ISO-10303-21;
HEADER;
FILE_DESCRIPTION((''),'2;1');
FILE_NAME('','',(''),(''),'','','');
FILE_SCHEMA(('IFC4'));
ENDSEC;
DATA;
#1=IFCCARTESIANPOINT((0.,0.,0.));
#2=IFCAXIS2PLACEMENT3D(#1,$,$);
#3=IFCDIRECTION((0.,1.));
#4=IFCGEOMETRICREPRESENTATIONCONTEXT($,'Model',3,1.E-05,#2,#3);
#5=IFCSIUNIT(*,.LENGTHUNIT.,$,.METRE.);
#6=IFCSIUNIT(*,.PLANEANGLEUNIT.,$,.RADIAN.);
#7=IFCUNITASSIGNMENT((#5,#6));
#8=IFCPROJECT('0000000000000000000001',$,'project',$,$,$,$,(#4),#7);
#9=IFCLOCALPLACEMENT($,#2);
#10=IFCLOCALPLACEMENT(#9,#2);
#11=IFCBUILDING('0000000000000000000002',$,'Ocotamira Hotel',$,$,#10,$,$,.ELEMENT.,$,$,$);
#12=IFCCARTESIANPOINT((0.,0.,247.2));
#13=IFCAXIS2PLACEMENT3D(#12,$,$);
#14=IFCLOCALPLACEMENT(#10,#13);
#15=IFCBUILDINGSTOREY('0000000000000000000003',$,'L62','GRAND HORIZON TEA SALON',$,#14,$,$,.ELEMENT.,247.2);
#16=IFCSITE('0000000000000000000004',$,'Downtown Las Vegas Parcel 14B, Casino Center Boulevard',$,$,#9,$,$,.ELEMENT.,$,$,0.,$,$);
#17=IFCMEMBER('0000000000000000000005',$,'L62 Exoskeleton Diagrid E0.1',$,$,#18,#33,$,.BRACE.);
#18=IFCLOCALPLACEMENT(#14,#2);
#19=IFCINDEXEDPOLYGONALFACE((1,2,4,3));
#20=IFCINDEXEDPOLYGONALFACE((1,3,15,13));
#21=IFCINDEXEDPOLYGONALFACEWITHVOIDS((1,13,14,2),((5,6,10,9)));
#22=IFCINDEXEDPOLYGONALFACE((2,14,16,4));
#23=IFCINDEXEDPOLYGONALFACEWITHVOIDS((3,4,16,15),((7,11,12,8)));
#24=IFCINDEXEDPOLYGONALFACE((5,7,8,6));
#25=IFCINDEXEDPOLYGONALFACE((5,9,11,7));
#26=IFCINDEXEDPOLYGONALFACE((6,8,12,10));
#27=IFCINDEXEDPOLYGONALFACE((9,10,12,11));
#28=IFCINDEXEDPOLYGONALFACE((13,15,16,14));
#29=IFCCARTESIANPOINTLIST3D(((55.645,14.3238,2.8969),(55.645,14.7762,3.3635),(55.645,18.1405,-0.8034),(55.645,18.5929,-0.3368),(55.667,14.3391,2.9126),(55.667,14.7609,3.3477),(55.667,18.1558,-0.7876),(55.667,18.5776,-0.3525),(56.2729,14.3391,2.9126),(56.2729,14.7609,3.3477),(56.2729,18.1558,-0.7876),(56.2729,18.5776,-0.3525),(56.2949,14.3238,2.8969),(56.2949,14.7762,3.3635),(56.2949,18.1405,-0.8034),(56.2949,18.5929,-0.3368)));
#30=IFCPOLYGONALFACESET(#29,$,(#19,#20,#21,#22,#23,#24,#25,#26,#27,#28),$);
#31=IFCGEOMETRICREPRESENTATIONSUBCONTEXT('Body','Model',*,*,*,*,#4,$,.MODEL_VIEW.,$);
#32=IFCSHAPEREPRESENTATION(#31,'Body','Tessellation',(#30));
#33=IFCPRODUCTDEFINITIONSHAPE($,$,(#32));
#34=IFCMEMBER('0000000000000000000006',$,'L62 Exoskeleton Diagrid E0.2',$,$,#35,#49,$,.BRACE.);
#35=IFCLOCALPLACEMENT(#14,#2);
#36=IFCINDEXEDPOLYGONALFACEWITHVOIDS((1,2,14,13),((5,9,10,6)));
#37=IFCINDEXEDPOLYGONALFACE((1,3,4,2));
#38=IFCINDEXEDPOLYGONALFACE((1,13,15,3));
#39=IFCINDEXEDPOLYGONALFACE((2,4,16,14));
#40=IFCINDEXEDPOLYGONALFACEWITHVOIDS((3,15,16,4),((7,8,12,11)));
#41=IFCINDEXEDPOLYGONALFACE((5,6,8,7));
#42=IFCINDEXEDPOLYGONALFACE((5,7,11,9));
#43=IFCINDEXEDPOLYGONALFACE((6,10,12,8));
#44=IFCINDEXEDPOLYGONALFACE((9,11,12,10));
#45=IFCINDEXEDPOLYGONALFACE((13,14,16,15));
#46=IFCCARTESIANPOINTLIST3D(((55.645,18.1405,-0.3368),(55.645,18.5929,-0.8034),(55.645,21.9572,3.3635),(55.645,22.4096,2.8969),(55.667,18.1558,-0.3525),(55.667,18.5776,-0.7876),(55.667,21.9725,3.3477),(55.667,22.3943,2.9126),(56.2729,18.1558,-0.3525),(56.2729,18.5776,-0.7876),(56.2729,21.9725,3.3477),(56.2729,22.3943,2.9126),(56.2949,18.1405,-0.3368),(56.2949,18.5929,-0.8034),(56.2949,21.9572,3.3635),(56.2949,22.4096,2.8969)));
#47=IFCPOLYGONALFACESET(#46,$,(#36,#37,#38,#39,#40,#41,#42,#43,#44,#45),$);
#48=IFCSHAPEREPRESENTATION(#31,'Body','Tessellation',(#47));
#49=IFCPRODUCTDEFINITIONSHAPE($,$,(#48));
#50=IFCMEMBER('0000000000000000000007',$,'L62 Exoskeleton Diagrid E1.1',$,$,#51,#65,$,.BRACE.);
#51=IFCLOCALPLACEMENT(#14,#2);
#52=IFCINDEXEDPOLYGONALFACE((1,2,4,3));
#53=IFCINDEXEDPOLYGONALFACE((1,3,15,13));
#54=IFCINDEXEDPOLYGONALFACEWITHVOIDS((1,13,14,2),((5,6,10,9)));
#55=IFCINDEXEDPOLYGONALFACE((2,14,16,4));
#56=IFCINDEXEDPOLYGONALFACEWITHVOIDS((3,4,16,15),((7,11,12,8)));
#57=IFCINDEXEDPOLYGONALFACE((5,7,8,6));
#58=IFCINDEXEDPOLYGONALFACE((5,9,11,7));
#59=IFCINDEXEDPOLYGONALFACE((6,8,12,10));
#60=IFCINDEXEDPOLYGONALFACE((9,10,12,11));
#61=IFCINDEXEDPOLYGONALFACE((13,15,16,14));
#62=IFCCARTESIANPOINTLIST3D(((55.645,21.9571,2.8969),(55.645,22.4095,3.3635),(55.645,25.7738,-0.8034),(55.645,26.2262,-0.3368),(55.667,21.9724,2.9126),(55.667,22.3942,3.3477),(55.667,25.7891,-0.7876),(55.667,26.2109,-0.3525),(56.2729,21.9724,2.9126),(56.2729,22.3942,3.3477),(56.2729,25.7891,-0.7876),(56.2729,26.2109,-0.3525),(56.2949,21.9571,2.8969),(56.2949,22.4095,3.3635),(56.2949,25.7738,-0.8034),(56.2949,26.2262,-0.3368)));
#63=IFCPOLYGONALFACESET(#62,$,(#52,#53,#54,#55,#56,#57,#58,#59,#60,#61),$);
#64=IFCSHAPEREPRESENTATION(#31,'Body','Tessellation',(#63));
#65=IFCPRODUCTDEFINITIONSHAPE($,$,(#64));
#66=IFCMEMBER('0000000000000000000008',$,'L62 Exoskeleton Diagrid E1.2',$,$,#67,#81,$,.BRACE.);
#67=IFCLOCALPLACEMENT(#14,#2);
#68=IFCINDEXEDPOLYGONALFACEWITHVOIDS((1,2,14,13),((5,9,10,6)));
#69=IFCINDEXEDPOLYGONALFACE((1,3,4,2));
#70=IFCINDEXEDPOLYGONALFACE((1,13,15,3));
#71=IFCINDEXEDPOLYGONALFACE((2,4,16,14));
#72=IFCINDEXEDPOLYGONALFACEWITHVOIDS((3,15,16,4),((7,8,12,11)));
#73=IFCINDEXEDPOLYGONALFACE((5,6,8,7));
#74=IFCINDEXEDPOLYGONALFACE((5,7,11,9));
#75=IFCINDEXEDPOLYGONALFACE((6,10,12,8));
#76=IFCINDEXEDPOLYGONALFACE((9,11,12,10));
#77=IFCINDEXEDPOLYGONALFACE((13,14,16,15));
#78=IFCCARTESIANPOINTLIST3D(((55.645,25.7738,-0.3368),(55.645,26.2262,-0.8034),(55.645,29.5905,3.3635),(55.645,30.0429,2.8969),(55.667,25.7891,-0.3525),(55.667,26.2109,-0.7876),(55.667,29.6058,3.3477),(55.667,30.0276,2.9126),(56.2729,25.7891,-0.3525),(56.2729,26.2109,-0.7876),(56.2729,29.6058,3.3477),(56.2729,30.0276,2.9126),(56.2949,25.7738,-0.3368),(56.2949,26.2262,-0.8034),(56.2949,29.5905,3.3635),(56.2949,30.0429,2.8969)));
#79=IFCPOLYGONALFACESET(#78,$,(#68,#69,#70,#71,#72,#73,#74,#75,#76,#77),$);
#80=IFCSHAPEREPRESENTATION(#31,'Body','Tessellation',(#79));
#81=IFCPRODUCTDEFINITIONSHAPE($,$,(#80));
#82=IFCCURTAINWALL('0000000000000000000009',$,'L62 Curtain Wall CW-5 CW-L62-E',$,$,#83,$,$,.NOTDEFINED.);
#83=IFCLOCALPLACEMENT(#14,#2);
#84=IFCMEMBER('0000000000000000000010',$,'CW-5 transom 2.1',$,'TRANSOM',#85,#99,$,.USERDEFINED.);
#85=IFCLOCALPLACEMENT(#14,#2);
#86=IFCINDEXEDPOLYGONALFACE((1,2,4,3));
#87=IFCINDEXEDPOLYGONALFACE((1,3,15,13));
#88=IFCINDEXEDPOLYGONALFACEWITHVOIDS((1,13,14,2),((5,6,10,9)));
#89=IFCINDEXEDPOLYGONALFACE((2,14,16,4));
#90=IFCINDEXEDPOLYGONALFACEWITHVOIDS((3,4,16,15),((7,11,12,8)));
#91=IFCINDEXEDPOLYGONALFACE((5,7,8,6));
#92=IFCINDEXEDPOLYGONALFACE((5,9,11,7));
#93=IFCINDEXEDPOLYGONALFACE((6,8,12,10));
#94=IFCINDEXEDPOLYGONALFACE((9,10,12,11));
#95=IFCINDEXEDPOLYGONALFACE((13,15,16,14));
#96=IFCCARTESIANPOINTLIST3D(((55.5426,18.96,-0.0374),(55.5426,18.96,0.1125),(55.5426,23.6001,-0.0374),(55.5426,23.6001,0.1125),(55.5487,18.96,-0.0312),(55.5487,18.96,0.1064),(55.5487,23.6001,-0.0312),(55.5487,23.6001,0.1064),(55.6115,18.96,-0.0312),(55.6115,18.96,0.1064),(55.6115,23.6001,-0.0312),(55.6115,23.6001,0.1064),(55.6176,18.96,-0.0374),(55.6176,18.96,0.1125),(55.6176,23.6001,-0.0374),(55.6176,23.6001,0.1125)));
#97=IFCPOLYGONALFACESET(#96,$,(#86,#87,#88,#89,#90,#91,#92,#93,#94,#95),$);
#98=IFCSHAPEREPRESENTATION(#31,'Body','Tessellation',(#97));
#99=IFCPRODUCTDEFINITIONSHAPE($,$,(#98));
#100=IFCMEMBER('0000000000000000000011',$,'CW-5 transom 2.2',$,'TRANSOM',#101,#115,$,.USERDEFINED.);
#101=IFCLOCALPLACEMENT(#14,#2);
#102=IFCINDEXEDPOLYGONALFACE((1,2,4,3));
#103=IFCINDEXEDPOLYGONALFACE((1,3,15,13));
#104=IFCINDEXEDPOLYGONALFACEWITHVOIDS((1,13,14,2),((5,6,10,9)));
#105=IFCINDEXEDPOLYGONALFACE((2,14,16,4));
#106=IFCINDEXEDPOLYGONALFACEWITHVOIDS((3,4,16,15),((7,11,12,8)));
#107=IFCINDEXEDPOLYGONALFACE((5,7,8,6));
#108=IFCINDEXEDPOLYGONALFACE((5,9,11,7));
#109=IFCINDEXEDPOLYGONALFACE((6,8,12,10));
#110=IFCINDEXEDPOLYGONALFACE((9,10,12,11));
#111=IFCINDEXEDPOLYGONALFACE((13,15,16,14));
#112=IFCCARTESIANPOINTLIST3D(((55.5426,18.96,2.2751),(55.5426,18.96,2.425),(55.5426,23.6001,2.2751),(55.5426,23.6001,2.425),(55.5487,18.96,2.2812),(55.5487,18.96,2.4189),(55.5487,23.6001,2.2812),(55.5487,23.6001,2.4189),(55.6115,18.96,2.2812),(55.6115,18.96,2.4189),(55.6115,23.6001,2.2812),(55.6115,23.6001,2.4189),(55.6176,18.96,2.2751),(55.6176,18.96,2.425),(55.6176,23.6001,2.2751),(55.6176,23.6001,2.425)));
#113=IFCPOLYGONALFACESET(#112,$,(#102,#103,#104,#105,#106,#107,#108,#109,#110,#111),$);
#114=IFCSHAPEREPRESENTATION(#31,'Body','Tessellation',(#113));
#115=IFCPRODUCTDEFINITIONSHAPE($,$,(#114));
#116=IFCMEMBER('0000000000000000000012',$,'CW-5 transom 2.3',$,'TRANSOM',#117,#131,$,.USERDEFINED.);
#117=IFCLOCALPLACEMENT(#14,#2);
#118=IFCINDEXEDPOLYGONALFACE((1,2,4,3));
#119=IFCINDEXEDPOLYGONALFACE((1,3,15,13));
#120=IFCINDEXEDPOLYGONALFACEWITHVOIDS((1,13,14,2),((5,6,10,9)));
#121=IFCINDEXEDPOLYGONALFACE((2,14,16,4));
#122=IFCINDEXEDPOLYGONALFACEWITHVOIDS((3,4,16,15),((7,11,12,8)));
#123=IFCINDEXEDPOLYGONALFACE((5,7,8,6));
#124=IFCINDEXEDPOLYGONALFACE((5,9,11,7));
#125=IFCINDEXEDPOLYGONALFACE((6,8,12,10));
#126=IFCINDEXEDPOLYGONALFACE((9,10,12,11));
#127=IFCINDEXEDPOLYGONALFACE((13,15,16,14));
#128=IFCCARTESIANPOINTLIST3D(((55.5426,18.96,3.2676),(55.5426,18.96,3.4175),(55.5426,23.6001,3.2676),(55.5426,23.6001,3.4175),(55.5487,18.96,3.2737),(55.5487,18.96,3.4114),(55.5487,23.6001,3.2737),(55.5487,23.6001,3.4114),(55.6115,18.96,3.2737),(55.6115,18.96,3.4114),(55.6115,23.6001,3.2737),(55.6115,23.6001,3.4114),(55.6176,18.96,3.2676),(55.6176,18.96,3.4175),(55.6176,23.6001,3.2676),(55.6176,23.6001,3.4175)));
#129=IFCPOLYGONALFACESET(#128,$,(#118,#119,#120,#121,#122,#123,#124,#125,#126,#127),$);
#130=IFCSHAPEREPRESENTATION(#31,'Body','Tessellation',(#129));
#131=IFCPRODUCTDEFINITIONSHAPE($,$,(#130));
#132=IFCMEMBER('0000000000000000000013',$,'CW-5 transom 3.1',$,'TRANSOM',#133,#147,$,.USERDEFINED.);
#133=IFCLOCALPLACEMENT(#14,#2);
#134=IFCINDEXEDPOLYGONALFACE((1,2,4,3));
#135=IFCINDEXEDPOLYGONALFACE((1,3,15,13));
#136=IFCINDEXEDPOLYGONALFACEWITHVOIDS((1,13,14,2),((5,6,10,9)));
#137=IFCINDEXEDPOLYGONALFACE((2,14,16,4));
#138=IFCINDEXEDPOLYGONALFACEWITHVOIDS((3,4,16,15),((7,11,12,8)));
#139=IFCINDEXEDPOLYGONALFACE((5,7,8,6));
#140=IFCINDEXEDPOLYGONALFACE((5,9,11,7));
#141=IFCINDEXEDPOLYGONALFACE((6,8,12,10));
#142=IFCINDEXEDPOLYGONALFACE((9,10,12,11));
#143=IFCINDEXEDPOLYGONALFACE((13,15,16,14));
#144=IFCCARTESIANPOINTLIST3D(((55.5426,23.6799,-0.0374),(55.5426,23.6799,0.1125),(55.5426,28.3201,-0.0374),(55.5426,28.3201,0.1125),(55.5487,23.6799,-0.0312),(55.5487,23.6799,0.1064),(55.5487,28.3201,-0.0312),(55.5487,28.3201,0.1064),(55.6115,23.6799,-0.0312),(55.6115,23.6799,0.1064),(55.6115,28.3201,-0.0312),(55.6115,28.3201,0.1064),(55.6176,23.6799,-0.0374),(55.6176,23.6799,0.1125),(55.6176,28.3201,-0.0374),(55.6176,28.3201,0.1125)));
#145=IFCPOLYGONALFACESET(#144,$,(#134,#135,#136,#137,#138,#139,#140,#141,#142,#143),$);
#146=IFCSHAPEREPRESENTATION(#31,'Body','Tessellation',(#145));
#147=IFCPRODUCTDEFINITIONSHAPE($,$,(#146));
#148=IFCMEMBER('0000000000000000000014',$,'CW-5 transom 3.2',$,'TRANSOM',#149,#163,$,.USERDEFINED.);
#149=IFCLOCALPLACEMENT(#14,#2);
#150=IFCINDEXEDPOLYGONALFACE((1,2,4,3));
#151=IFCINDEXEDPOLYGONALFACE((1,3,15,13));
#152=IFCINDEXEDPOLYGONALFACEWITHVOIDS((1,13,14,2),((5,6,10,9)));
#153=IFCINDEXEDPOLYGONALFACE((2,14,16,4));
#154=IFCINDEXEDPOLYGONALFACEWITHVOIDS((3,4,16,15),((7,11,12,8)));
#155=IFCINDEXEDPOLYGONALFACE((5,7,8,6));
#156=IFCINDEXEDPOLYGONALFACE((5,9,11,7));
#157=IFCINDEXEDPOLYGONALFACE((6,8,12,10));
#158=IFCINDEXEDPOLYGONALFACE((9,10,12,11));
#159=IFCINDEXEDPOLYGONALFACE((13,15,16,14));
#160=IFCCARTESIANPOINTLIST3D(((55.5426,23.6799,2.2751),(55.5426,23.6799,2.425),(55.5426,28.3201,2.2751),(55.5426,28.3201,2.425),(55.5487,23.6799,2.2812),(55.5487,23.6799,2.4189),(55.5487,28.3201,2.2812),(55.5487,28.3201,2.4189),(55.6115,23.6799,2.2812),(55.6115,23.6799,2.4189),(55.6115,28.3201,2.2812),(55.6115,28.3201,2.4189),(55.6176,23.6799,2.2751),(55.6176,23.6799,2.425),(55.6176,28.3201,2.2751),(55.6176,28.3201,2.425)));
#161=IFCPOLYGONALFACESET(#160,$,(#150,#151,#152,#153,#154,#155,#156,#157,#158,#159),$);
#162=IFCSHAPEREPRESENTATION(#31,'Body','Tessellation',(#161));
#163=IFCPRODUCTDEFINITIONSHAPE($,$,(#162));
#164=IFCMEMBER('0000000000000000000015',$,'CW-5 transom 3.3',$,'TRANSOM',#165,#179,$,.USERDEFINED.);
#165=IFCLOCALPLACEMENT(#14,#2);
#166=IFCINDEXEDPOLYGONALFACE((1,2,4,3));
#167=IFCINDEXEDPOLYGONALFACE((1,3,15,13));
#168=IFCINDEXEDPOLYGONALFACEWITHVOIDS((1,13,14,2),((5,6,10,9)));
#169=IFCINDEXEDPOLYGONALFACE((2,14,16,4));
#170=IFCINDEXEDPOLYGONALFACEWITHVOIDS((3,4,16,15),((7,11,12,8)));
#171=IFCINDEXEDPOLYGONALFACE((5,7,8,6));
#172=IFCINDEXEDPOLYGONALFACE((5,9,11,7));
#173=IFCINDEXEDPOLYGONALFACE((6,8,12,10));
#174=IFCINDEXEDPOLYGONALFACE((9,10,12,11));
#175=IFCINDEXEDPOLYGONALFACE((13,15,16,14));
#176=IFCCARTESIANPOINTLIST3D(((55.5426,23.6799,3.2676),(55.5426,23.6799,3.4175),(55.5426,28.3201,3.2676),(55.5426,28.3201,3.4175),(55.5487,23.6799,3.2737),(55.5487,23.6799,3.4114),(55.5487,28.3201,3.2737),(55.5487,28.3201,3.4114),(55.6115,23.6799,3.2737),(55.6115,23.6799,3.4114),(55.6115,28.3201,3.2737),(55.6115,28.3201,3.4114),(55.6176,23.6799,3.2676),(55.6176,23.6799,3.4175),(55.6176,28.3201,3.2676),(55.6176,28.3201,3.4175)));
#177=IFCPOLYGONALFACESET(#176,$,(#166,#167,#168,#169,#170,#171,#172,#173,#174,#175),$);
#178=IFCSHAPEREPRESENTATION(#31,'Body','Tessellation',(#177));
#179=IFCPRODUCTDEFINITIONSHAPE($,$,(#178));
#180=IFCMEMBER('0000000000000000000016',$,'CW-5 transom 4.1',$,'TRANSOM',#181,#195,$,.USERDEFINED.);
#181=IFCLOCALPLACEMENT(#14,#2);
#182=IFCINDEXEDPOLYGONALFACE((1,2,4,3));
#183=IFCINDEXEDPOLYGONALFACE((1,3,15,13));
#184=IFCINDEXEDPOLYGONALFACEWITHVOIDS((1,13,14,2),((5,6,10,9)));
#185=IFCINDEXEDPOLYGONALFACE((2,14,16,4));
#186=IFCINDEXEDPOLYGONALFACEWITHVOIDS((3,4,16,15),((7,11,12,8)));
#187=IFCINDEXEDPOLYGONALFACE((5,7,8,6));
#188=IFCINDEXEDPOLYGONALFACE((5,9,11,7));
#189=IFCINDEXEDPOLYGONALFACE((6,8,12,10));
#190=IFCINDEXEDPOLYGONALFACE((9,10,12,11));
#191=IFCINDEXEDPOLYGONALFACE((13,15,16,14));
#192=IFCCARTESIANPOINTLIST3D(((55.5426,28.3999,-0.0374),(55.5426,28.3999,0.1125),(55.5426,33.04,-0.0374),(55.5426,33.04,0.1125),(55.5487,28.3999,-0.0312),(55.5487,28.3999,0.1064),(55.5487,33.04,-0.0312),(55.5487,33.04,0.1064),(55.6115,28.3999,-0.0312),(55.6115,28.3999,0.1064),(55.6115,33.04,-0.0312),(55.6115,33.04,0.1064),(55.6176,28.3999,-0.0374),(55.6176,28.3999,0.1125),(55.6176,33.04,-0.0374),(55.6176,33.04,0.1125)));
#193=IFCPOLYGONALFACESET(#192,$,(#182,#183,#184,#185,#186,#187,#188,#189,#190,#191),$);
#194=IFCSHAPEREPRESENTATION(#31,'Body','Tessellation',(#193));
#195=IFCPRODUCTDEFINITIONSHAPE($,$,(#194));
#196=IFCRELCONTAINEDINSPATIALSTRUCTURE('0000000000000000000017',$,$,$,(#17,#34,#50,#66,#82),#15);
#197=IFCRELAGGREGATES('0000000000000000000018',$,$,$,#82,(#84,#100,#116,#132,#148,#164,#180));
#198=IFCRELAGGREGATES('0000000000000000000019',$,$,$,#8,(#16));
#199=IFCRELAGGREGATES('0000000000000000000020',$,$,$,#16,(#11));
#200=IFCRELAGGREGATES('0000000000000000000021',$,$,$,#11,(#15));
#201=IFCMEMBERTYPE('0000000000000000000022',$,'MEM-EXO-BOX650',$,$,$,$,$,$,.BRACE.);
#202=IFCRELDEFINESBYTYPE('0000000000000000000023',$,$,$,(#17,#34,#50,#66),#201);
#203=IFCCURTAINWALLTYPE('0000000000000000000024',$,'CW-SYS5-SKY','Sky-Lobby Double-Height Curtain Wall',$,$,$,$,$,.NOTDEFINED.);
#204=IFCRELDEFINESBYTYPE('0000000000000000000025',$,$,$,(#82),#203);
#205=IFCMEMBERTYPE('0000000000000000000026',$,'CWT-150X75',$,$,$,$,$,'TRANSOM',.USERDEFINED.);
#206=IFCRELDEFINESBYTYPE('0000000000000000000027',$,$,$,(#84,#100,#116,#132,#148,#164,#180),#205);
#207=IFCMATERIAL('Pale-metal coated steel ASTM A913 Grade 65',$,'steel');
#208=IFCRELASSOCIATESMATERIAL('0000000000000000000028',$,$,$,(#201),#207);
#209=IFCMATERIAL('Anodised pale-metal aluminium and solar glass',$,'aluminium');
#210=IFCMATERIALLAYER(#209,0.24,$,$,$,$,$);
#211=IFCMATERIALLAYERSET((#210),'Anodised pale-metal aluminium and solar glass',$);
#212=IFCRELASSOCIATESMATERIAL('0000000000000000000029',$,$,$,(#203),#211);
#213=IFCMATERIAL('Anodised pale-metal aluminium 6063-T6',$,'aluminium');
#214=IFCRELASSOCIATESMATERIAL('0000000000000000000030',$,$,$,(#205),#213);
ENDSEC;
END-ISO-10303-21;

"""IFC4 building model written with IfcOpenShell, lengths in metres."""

from ifc_helpers import new_model, si_unit, direction, frame, origin, origin_2d, place, context, subcontext, project, spatial, hollow_rectangle, extrude, source, transform, mapped, material, layer, layer_set, material_profile, profile_set, type_object, element, aggregate, save


model = new_model("IFC4")

# Units and contexts
model_context = context("Model", 3, precision=1e-05, world=origin(), true_north=direction((0.0, 1.0)))
body_context = subcontext(model_context, "Body", "Model", "MODEL_VIEW")
ifc_project = project(units=[si_unit("LENGTHUNIT", "METRE"), si_unit("PLANEANGLEUNIT", "RADIAN")], contexts=[model_context])

# Site, building, storey
site_placement = place(None, origin())
site = spatial("IfcSite", under=ifc_project, at=site_placement, Name="Downtown Las Vegas Parcel 14B, Casino Center Boulevard", CompositionType="ELEMENT", RefElevation=0.0)
building_placement = place(site_placement, origin())
building = spatial("IfcBuilding", under=site, at=building_placement, Name="Ocotamira Hotel", CompositionType="ELEMENT")
storey_placement = place(building_placement, frame((0.0, 0.0, 247.2)))
storey = spatial("IfcBuildingStorey", under=building, at=storey_placement, Name="L62", Description="GRAND HORIZON TEA SALON", CompositionType="ELEMENT", Elevation=247.2)

# Members
ifc_material_1 = material(Name="Pale-metal coated steel ASTM A913 Grade 65", Category="steel")
ifc_material_profile_1 = material_profile(ifc_material_1, hollow_rectangle(XDim=0.6499, YDim=0.6499, WallThickness=0.022, at=origin_2d()), Name="BOX650X650X22")
ifc_profile_set_1 = profile_set([ifc_material_profile_1], Name="Pale-metal coated steel ASTM A913 Grade 65")
member_type_1 = type_object("IfcMemberType", Name="MEM-EXO-BOX650", PredefinedType="BRACE", material=ifc_profile_set_1)
shared_shape_1 = source(origin(), body_context, "Body", "SweptSolid", [
    extrude(hollow_rectangle(XDim=0.6499, YDim=0.6499, WallThickness=0.022, at=origin_2d()), origin(), (0.0, 0.0, 1.0), 5.3159),
])
for number, where, z_axis, x_axis, name in (
    (1, (55.97, 18.3667, -0.5701), (0.0, -0.717976, 0.696068), (1.0, 0.0, 0.0), "L62 Exoskeleton Diagrid E0.1"),
    (2, (55.97, 18.3667, -0.5701), (0.0, 0.717976, 0.696068), (-1.0, 0.0, 0.0), "L62 Exoskeleton Diagrid E0.2"),
    (3, (55.97, 26.0, -0.5701), (0.0, -0.717976, 0.696068), (1.0, 0.0, 0.0), "L62 Exoskeleton Diagrid E1.1"),
    (4, (55.97, 26.0, -0.5701), (0.0, 0.717976, 0.696068), (-1.0, 0.0, 0.0), "L62 Exoskeleton Diagrid E1.2"),
):
    element("IfcMember", number, at=place(storey_placement, frame(where, z_axis=z_axis, x_axis=x_axis)), inside=storey, type_object=member_type_1, Name=name, PredefinedType="BRACE", context=body_context, shape_type="MappedRepresentation", body=[
        mapped(shared_shape_1, transform((0.0, 0.0, 0.0), scale=1.0)),
    ])

# Curtain wall, members
ifc_material_2 = material(Name="Anodised pale-metal aluminium and solar glass", Category="aluminium")
ifc_layer_1 = layer(ifc_material_2, 0.24)
ifc_layer_set_1 = layer_set([ifc_layer_1], Name="Anodised pale-metal aluminium and solar glass")
curtain_wall_type = type_object("IfcCurtainWallType", Name="CW-SYS5-SKY", Description="Sky-Lobby Double-Height Curtain Wall", PredefinedType="NOTDEFINED", material=ifc_layer_set_1)
curtain_wall_placement = place(storey_placement, origin())
curtain_wall = element("IfcCurtainWall", 5, at=curtain_wall_placement, inside=storey, type_object=curtain_wall_type, Name="L62 Curtain Wall CW-5 CW-L62-E", PredefinedType="NOTDEFINED")
ifc_material_3 = material(Name="Anodised pale-metal aluminium 6063-T6", Category="aluminium")
ifc_material_profile_2 = material_profile(ifc_material_3, hollow_rectangle(XDim=0.075, YDim=0.1499, WallThickness=0.0061, at=origin_2d()), Name="HSS150X75X6")
ifc_profile_set_2 = profile_set([ifc_material_profile_2], Name="Anodised pale-metal aluminium 6063-T6")
member_type_2 = type_object("IfcMemberType", Name="CWT-150X75", ElementType="TRANSOM", PredefinedType="USERDEFINED", material=ifc_profile_set_2)
shared_shape_2 = source(origin(), body_context, "Body", "SweptSolid", [
    extrude(hollow_rectangle(XDim=0.075, YDim=0.1499, WallThickness=0.0061, at=origin_2d()), origin(), (0.0, 0.0, 1.0), 4.6401),
])
member_1_placement = place(storey_placement, frame((55.5801, 18.96, 0.0376), z_axis=(0.0, 1.0, 0.0), x_axis=(-1.0, 0.0, 0.0)))
member_1 = element("IfcMember", 6, at=member_1_placement, type_object=member_type_2, Name="CW-5 transom 2.1", ObjectType="TRANSOM", PredefinedType="USERDEFINED", context=body_context, shape_type="MappedRepresentation", body=[
    mapped(shared_shape_2, transform((0.0, 0.0, 0.0), scale=1.0)),
])
member_2_placement = place(storey_placement, frame((55.5801, 18.96, 2.3501), z_axis=(0.0, 1.0, 0.0), x_axis=(-1.0, 0.0, 0.0)))
member_2 = element("IfcMember", 7, at=member_2_placement, type_object=member_type_2, Name="CW-5 transom 2.2", ObjectType="TRANSOM", PredefinedType="USERDEFINED", context=body_context, shape_type="MappedRepresentation", body=[
    mapped(shared_shape_2, transform((0.0, 0.0, 0.0), scale=1.0)),
])
member_3_placement = place(storey_placement, frame((55.5801, 18.96, 3.3425), z_axis=(0.0, 1.0, 0.0), x_axis=(-1.0, 0.0, 0.0)))
member_3 = element("IfcMember", 8, at=member_3_placement, type_object=member_type_2, Name="CW-5 transom 2.3", ObjectType="TRANSOM", PredefinedType="USERDEFINED", context=body_context, shape_type="MappedRepresentation", body=[
    mapped(shared_shape_2, transform((0.0, 0.0, 0.0), scale=1.0)),
])
member_4_placement = place(storey_placement, frame((55.5801, 23.6799, 0.0376), z_axis=(0.0, 1.0, 0.0), x_axis=(-1.0, 0.0, 0.0)))
member_4 = element("IfcMember", 9, at=member_4_placement, type_object=member_type_2, Name="CW-5 transom 3.1", ObjectType="TRANSOM", PredefinedType="USERDEFINED", context=body_context, shape_type="MappedRepresentation", body=[
    mapped(shared_shape_2, transform((0.0, 0.0, 0.0), scale=1.0)),
])
member_5_placement = place(storey_placement, frame((55.5801, 23.6799, 2.3501), z_axis=(0.0, 1.0, 0.0), x_axis=(-1.0, 0.0, 0.0)))
member_5 = element("IfcMember", 10, at=member_5_placement, type_object=member_type_2, Name="CW-5 transom 3.2", ObjectType="TRANSOM", PredefinedType="USERDEFINED", context=body_context, shape_type="MappedRepresentation", body=[
    mapped(shared_shape_2, transform((0.0, 0.0, 0.0), scale=1.0)),
])
member_6_placement = place(storey_placement, frame((55.5801, 23.6799, 3.3425), z_axis=(0.0, 1.0, 0.0), x_axis=(-1.0, 0.0, 0.0)))
member_6 = element("IfcMember", 11, at=member_6_placement, type_object=member_type_2, Name="CW-5 transom 3.3", ObjectType="TRANSOM", PredefinedType="USERDEFINED", context=body_context, shape_type="MappedRepresentation", body=[
    mapped(shared_shape_2, transform((0.0, 0.0, 0.0), scale=1.0)),
])
member_7_placement = place(storey_placement, frame((55.5801, 28.3999, 0.0376), z_axis=(0.0, 1.0, 0.0), x_axis=(-1.0, 0.0, 0.0)))
member_7 = element("IfcMember", 12, at=member_7_placement, type_object=member_type_2, Name="CW-5 transom 4.1", ObjectType="TRANSOM", PredefinedType="USERDEFINED", context=body_context, shape_type="MappedRepresentation", body=[
    mapped(shared_shape_2, transform((0.0, 0.0, 0.0), scale=1.0)),
])

aggregate(curtain_wall, [member_1, member_2, member_3, member_4, member_5, member_6, member_7])

save(model, "model.ifc")
